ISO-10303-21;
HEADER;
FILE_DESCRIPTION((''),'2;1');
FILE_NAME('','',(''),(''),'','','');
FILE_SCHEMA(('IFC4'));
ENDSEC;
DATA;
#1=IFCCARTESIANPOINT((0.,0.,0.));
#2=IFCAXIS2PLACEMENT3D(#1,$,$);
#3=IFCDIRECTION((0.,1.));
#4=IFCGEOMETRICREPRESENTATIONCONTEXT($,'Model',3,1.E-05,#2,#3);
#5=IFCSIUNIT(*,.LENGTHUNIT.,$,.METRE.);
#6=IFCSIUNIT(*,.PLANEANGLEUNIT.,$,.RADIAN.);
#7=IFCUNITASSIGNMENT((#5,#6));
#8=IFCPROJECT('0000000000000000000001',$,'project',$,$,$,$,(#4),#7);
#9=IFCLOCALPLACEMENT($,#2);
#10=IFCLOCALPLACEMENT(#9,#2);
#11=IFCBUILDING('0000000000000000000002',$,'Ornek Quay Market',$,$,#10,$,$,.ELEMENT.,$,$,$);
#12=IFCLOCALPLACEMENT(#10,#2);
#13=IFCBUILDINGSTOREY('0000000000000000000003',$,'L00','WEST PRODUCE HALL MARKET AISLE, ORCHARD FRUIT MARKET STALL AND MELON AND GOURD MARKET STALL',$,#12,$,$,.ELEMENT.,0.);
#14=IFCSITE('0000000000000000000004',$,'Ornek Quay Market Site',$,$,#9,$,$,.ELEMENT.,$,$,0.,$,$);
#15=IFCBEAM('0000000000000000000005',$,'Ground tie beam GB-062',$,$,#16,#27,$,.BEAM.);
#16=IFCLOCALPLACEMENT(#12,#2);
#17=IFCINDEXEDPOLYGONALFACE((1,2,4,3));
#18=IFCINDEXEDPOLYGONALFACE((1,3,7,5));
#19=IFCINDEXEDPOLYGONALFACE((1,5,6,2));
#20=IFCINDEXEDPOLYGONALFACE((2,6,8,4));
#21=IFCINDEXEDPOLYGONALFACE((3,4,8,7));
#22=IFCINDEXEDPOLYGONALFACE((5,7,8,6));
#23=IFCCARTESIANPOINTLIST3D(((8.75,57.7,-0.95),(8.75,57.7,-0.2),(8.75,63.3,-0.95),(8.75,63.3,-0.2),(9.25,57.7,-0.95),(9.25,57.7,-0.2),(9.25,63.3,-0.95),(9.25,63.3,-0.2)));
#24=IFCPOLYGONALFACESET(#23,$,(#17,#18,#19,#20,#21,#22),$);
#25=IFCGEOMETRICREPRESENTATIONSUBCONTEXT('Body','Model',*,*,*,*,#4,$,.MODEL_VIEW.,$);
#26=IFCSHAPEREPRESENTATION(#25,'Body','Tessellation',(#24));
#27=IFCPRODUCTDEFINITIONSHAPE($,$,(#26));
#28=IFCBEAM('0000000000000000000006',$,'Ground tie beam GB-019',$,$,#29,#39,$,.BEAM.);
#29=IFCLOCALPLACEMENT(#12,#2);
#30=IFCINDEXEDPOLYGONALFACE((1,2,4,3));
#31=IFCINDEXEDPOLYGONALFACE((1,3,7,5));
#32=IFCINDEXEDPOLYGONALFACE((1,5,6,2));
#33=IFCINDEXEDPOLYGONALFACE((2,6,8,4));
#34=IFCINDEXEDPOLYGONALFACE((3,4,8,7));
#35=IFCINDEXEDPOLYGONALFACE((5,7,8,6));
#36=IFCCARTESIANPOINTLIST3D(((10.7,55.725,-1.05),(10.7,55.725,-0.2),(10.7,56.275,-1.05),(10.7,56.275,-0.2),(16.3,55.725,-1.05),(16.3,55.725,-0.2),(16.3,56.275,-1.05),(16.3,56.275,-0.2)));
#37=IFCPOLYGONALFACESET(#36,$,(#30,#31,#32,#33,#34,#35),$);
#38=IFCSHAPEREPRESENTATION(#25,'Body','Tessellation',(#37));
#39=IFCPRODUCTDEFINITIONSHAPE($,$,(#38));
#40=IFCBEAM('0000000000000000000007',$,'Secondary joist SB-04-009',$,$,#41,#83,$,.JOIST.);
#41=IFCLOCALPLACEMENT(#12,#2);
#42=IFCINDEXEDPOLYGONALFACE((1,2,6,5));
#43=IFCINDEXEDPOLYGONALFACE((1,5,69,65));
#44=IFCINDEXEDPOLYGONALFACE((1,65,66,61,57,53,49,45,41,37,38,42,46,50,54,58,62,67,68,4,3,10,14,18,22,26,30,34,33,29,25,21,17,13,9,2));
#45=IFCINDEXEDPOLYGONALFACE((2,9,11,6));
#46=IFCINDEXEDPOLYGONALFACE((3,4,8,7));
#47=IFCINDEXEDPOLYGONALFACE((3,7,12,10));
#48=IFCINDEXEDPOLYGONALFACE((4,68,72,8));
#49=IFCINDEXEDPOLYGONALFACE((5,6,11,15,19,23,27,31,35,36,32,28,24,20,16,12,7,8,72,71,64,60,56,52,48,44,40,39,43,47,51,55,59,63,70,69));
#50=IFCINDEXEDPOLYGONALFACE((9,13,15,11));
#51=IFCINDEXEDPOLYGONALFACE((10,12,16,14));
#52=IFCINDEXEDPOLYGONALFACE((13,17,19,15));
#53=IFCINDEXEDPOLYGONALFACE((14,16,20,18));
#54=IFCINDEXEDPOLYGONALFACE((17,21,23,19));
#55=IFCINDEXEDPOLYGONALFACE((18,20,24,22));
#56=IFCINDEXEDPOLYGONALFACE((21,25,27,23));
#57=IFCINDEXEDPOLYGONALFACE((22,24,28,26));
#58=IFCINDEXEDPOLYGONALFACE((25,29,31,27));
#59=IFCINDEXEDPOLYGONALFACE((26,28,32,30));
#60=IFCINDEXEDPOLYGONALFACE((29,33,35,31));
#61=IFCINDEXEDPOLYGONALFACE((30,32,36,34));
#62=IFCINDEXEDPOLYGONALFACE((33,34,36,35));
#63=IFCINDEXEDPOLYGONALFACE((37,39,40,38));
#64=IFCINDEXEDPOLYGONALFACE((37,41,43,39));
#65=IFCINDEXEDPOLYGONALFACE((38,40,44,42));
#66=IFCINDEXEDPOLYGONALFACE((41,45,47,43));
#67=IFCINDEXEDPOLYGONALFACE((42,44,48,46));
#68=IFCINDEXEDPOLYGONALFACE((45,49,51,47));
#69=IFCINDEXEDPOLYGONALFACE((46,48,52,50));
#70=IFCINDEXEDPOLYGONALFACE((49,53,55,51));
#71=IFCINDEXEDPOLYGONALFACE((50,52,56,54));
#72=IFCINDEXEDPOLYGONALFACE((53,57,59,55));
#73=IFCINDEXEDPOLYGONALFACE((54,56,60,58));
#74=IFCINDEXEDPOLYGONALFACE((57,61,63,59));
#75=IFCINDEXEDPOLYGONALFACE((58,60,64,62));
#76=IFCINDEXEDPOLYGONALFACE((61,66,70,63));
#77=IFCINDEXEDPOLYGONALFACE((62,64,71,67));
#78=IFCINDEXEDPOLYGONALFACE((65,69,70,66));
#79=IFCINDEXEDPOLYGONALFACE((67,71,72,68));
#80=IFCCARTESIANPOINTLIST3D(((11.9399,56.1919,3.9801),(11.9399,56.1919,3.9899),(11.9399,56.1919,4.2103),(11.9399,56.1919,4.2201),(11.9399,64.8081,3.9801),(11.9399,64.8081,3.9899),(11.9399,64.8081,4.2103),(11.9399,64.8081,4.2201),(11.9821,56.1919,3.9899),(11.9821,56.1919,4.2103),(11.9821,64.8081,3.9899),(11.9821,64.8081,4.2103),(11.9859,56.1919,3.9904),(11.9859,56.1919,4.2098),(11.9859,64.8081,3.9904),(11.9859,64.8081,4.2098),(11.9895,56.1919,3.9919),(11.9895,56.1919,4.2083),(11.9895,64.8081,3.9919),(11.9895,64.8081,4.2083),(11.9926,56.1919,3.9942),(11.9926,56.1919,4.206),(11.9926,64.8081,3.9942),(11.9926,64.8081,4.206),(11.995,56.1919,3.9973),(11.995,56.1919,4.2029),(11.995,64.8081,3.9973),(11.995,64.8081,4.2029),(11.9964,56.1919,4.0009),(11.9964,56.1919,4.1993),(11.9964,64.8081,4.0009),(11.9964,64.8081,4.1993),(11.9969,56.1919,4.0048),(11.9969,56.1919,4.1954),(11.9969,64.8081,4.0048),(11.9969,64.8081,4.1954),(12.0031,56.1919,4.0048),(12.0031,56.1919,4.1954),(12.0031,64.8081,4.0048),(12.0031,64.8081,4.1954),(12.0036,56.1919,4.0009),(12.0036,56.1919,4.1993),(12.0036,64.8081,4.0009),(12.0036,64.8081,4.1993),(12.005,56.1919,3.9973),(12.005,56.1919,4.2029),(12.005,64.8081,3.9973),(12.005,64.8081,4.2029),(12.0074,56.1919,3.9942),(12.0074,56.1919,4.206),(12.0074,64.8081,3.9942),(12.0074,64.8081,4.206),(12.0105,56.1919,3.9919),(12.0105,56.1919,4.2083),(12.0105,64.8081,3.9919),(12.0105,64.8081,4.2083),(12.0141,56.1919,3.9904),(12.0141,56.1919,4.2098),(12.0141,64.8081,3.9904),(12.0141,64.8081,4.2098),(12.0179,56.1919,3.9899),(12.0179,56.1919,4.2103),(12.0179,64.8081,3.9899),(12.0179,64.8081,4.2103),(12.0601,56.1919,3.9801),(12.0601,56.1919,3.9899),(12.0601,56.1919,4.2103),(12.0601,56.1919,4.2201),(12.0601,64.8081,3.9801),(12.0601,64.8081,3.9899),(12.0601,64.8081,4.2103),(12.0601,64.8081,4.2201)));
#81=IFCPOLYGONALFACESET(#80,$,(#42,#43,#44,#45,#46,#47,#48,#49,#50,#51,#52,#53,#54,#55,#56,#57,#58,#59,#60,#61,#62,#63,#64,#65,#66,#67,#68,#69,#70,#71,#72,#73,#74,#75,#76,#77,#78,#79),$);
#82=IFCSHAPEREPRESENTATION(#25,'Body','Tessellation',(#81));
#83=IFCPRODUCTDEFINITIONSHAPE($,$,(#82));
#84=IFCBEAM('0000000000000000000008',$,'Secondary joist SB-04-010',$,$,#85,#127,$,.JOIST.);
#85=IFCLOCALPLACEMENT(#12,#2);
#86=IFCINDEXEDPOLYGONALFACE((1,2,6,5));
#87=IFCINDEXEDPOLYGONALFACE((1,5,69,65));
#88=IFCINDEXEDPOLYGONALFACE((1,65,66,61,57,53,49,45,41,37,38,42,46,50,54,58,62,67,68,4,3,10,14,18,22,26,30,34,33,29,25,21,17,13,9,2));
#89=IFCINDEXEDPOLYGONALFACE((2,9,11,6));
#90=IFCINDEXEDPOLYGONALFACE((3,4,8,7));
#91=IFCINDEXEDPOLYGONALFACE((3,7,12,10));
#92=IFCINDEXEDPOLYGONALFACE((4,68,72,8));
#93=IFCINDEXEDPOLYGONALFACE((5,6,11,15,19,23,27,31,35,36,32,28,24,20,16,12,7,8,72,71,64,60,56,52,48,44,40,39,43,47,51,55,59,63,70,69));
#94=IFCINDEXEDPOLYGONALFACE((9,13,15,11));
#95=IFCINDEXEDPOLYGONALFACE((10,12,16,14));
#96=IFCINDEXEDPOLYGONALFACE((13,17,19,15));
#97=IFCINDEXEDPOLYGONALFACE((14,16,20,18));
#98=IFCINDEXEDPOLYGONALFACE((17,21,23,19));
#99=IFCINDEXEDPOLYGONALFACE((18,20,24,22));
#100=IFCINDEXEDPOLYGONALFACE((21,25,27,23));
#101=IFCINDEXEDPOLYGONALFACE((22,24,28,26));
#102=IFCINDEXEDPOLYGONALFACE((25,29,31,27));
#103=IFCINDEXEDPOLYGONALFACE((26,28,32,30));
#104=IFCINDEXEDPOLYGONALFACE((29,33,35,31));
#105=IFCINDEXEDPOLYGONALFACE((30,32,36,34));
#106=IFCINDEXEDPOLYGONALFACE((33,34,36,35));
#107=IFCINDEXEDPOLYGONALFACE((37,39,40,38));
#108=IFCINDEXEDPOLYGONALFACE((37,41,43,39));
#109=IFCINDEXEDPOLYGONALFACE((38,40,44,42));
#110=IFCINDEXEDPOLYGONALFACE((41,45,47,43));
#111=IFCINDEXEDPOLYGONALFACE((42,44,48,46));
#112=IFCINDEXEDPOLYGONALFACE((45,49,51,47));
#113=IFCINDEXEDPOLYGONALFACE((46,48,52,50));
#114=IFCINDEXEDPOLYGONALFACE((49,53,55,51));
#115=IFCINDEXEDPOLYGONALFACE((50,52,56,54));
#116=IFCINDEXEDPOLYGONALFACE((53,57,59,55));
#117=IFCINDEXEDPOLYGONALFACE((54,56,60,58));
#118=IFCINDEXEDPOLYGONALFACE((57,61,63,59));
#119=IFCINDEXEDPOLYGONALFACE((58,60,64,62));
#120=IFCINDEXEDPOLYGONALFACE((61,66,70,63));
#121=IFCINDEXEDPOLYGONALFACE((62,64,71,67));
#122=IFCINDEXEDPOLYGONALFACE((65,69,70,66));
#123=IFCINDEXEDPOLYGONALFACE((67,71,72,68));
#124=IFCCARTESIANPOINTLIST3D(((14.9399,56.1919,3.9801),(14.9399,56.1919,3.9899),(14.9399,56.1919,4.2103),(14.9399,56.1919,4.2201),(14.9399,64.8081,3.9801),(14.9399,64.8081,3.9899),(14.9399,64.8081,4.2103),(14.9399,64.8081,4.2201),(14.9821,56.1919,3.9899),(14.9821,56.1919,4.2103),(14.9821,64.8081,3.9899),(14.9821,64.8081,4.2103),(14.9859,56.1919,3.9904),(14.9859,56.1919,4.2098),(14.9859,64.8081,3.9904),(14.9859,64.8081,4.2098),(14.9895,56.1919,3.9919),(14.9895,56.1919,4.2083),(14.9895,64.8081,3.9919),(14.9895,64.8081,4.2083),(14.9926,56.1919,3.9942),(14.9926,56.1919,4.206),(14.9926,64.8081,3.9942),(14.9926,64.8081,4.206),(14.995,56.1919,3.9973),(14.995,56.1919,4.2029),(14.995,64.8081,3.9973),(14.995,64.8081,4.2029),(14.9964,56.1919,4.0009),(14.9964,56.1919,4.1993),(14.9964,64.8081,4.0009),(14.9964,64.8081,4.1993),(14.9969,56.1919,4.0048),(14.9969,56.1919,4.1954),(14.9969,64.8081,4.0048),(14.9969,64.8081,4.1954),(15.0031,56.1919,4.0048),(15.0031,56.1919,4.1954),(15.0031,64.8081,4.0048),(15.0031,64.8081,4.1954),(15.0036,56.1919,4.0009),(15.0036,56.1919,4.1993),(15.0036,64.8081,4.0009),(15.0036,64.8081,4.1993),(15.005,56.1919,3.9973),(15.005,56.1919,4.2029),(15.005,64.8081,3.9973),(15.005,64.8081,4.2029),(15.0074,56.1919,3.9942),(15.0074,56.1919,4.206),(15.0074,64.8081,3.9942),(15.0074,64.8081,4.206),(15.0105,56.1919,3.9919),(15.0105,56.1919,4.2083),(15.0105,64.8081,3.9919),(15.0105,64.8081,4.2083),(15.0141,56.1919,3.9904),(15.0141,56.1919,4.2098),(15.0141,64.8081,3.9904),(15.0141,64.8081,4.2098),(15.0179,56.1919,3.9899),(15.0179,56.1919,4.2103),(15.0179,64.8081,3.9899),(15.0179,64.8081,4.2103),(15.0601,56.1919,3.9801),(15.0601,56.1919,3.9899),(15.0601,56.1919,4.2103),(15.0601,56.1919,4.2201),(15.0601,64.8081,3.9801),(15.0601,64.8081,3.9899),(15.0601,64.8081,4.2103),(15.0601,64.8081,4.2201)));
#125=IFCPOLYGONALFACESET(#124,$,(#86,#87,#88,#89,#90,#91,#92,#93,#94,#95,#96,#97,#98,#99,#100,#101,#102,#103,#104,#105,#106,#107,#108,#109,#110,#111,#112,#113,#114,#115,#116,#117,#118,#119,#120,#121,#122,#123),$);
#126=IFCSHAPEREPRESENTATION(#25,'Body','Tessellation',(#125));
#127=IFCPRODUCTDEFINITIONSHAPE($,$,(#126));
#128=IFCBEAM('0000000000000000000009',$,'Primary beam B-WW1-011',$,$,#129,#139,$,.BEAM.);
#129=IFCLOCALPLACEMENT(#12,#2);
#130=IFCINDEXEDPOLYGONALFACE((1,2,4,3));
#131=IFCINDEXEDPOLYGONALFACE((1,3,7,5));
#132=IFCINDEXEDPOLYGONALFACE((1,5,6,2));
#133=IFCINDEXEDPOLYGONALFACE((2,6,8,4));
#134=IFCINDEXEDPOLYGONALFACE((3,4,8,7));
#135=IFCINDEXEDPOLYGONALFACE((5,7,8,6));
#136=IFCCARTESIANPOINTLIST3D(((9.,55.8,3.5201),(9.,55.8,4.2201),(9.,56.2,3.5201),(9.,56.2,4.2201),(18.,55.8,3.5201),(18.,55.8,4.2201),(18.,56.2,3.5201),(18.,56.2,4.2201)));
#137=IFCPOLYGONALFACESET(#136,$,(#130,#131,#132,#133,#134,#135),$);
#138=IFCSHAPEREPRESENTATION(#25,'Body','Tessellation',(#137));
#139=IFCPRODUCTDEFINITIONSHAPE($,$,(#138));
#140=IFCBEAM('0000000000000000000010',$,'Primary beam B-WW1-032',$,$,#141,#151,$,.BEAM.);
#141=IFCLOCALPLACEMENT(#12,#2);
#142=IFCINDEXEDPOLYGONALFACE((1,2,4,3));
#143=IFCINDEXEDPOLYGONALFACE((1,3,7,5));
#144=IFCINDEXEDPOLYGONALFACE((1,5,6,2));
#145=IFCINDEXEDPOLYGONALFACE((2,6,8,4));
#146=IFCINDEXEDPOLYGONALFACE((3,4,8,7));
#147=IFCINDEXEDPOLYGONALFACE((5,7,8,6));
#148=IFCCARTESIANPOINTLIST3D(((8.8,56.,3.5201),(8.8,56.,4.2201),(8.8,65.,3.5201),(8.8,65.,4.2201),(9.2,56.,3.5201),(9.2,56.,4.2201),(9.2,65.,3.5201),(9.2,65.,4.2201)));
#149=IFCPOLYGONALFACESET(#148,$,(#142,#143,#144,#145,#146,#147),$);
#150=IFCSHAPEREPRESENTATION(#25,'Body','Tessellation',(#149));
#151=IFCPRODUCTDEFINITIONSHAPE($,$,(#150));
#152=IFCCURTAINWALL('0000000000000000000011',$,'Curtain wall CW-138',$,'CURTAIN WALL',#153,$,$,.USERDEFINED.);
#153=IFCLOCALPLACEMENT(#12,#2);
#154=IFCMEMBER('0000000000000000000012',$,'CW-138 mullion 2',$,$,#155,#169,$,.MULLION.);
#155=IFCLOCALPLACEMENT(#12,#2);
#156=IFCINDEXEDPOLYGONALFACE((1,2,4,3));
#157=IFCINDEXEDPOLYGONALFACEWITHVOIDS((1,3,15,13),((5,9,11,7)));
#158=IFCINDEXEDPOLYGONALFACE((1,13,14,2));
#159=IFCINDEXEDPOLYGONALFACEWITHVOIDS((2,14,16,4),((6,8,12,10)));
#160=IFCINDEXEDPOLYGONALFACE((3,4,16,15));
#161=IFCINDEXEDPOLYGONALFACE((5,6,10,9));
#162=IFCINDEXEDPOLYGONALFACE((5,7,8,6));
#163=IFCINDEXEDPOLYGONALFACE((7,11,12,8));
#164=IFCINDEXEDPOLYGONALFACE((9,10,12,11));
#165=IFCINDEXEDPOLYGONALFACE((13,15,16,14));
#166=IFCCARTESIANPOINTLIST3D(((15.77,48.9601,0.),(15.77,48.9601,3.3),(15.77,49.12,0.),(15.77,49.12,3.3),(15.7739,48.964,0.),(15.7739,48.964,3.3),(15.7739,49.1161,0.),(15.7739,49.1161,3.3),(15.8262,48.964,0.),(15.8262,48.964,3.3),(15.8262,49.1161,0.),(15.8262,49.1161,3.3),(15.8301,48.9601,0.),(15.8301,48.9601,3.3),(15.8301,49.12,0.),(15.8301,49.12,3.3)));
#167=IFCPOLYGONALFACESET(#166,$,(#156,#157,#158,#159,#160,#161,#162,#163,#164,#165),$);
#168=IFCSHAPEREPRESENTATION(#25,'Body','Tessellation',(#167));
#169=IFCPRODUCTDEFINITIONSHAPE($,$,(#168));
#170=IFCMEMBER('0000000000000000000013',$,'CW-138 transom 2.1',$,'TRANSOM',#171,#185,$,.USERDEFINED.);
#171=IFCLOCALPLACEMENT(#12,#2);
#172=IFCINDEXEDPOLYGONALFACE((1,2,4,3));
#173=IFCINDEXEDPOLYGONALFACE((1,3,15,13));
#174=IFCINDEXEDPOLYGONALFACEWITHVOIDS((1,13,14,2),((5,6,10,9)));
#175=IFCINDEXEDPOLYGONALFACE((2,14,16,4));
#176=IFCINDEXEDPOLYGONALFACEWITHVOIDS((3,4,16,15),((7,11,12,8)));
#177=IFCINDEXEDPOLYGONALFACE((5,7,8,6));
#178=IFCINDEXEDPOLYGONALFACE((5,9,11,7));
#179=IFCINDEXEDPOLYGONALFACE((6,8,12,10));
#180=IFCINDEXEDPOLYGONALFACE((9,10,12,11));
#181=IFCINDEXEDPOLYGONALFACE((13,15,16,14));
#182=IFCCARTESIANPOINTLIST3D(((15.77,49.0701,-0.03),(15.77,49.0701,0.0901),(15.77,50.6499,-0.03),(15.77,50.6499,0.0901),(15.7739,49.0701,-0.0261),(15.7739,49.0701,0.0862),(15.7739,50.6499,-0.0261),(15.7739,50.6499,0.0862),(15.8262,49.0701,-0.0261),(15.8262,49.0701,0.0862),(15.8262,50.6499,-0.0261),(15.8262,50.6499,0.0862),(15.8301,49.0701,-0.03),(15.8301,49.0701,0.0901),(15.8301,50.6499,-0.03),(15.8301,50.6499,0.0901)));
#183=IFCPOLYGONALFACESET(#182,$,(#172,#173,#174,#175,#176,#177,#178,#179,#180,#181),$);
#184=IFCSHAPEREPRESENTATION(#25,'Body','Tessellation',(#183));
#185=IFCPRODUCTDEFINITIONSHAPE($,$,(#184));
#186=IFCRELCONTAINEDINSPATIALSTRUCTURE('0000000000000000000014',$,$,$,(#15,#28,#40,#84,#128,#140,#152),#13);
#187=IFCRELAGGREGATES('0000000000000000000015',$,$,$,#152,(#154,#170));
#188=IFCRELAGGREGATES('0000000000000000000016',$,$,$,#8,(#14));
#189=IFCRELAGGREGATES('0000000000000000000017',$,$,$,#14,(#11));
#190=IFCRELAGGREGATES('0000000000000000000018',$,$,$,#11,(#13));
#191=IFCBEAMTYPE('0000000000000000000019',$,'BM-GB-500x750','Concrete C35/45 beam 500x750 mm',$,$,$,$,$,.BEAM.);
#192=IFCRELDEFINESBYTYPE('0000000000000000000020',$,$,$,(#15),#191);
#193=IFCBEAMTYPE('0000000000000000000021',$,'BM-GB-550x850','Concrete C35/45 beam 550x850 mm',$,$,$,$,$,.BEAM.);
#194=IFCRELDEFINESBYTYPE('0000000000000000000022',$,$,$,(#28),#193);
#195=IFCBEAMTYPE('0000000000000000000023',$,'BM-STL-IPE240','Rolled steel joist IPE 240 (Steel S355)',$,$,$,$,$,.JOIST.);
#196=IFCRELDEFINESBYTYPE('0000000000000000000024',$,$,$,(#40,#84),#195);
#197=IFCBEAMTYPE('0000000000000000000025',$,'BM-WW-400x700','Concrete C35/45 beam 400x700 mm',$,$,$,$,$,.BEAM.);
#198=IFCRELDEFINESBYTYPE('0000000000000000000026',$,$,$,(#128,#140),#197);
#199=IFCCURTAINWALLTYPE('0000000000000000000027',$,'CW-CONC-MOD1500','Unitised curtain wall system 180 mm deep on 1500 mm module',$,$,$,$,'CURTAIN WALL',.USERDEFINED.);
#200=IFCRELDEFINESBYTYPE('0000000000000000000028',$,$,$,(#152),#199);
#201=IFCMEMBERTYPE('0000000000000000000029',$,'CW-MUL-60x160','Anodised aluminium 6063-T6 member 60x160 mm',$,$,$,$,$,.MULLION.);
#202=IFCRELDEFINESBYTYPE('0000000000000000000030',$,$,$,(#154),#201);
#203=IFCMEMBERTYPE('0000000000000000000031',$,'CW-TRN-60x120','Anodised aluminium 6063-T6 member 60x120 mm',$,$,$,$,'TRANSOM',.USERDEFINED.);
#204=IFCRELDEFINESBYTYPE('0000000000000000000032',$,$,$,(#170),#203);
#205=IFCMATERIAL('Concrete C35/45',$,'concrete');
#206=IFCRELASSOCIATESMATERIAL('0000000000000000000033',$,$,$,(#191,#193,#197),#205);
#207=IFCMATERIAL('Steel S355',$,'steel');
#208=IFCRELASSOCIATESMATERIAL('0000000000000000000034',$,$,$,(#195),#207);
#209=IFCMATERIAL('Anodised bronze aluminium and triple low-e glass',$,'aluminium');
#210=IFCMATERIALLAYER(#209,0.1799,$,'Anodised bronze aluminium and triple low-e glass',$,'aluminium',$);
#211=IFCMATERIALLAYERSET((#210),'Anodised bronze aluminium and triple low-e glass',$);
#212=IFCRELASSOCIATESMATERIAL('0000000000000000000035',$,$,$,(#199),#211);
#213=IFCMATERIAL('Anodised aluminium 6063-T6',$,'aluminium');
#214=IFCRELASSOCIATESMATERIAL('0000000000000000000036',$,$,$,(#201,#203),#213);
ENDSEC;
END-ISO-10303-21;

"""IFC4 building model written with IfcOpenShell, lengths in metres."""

from ifc_helpers import new_model, si_unit, direction, frame, origin, origin_2d, place, context, subcontext, project, spatial, rectangle, hollow_rectangle, i_section, extrude, material, layer, layer_set, material_profile, profile_set, type_object, element, aggregate, save


model = new_model("IFC4")

# Units and contexts
model_context = context("Model", 3, precision=1e-05, world=origin(), true_north=direction((0.0, 1.0)))
body_context = subcontext(model_context, "Body", "Model", "MODEL_VIEW")
ifc_project = project(units=[si_unit("LENGTHUNIT", "METRE"), si_unit("PLANEANGLEUNIT", "RADIAN")], contexts=[model_context])

# Site, building, storey
site_placement = place(None, origin())
site = spatial("IfcSite", under=ifc_project, at=site_placement, Name="Ornek Quay Market Site", CompositionType="ELEMENT", RefElevation=0.0)
building_placement = place(site_placement, origin())
building = spatial("IfcBuilding", under=site, at=building_placement, Name="Ornek Quay Market", CompositionType="ELEMENT")
storey_placement = place(building_placement, origin())
storey = spatial("IfcBuildingStorey", under=building, at=storey_placement, Name="L00", Description="WEST PRODUCE HALL MARKET AISLE, ORCHARD FRUIT MARKET STALL AND MELON AND GOURD MARKET STALL", CompositionType="ELEMENT", Elevation=0.0)

# Shared definitions
ifc_material_1 = material(Name="Concrete C35/45", Category="concrete")

# Beams
ifc_material_profile_1 = material_profile(ifc_material_1, rectangle(XDim=0.5, YDim=0.75, at=origin_2d()), Name="RC 500x750", Category="concrete")
ifc_profile_set_1 = profile_set([ifc_material_profile_1], Name="Concrete C35/45")
beam_type_1 = type_object("IfcBeamType", Name="BM-GB-500x750", Description="Concrete C35/45 beam 500x750 mm", PredefinedType="BEAM", material=ifc_profile_set_1)
for number, where, z_axis, x_axis, name in (
    (1, (9.0, 57.7, -0.575), (0.0, 1.0, 0.0), (-1.0, 0.0, 0.0), "Ground tie beam GB-062"),
):
    element("IfcBeam", number, at=place(storey_placement, frame(where, z_axis=z_axis, x_axis=x_axis)), inside=storey, type_object=beam_type_1, Name=name, PredefinedType="BEAM", context=body_context, shape_type="SweptSolid", body=[
        extrude(rectangle(XDim=0.5, YDim=0.75, at=origin_2d()), origin(), (0.0, 0.0, 1.0), 5.6001),
    ])
ifc_material_profile_2 = material_profile(ifc_material_1, rectangle(XDim=0.55, YDim=0.8501, at=origin_2d()), Name="RC 550x850", Category="concrete")
ifc_profile_set_2 = profile_set([ifc_material_profile_2], Name="Concrete C35/45")
beam_type_2 = type_object("IfcBeamType", Name="BM-GB-550x850", Description="Concrete C35/45 beam 550x850 mm", PredefinedType="BEAM", material=ifc_profile_set_2)
beam_placement = place(storey_placement, frame((10.7, 56.0, -0.625), z_axis=(1.0, 0.0, 0.0), x_axis=(0.0, 1.0, 0.0)))
element("IfcBeam", 2, at=beam_placement, inside=storey, type_object=beam_type_2, Name="Ground tie beam GB-019", PredefinedType="BEAM", context=body_context, shape_type="SweptSolid", body=[
    extrude(rectangle(XDim=0.55, YDim=0.8501, at=origin_2d()), origin(), (0.0, 0.0, 1.0), 5.6001),
])
ifc_material_2 = material(Name="Steel S355", Category="steel")
ifc_material_profile_3 = material_profile(ifc_material_2, i_section(OverallWidth=0.1201, OverallDepth=0.24, WebThickness=0.0061, FlangeThickness=0.0098, FilletRadius=0.0149, at=origin_2d()), Name="IPE 240", Category="steel")
ifc_profile_set_3 = profile_set([ifc_material_profile_3], Name="Steel S355")
beam_type_3 = type_object("IfcBeamType", Name="BM-STL-IPE240", Description="Rolled steel joist IPE 240 (Steel S355)", PredefinedType="JOIST", material=ifc_profile_set_3)
for number, where, z_axis, x_axis, name in (
    (3, (12.0, 56.1919, 4.1001), (0.0, 1.0, 0.0), (-1.0, 0.0, 0.0), "Secondary joist SB-04-009"),
    (4, (15.0, 56.1919, 4.1001), (0.0, 1.0, 0.0), (-1.0, 0.0, 0.0), "Secondary joist SB-04-010"),
):
    element("IfcBeam", number, at=place(storey_placement, frame(where, z_axis=z_axis, x_axis=x_axis)), inside=storey, type_object=beam_type_3, Name=name, PredefinedType="JOIST", context=body_context, shape_type="SweptSolid", body=[
        extrude(i_section(OverallWidth=0.1201, OverallDepth=0.24, WebThickness=0.0061, FlangeThickness=0.0098, FilletRadius=0.0149, at=origin_2d()), origin(), (0.0, 0.0, 1.0), 8.6162),
    ])
ifc_material_profile_4 = material_profile(ifc_material_1, rectangle(XDim=0.3999, YDim=0.7, at=origin_2d()), Name="RC 400x700", Category="concrete")
ifc_profile_set_4 = profile_set([ifc_material_profile_4], Name="Concrete C35/45")
beam_type_4 = type_object("IfcBeamType", Name="BM-WW-400x700", Description="Concrete C35/45 beam 400x700 mm", PredefinedType="BEAM", material=ifc_profile_set_4)
for number, where, z_axis, x_axis, name in (
    (5, (9.0, 56.0, 3.8701), (1.0, 0.0, 0.0), (0.0, 1.0, 0.0), "Primary beam B-WW1-011"),
    (6, (9.0, 56.0, 3.8701), (0.0, 1.0, 0.0), (-1.0, 0.0, 0.0), "Primary beam B-WW1-032"),
):
    element("IfcBeam", number, at=place(storey_placement, frame(where, z_axis=z_axis, x_axis=x_axis)), inside=storey, type_object=beam_type_4, Name=name, PredefinedType="BEAM", context=body_context, shape_type="SweptSolid", body=[
        extrude(rectangle(XDim=0.3999, YDim=0.7, at=origin_2d()), origin(), (0.0, 0.0, 1.0), 9.0),
    ])

# Curtain wall, members
ifc_material_3 = material(Name="Anodised bronze aluminium and triple low-e glass", Category="aluminium")
ifc_layer_1 = layer(ifc_material_3, 0.1799, Name="Anodised bronze aluminium and triple low-e glass", Category="aluminium")
ifc_layer_set_1 = layer_set([ifc_layer_1], Name="Anodised bronze aluminium and triple low-e glass")
curtain_wall_type = type_object("IfcCurtainWallType", Name="CW-CONC-MOD1500", Description="Unitised curtain wall system 180 mm deep on 1500 mm module", ElementType="CURTAIN WALL", PredefinedType="USERDEFINED", material=ifc_layer_set_1)
curtain_wall_placement = place(storey_placement, origin())
curtain_wall = element("IfcCurtainWall", 7, at=curtain_wall_placement, inside=storey, type_object=curtain_wall_type, Name="Curtain wall CW-138", ObjectType="CURTAIN WALL", PredefinedType="USERDEFINED")
ifc_material_4 = material(Name="Anodised aluminium 6063-T6", Category="aluminium")
ifc_material_profile_5 = material_profile(ifc_material_4, hollow_rectangle(XDim=0.0601, YDim=0.1599, WallThickness=0.0039, at=origin_2d()), Name="CW-MUL-60x160", Category="aluminium")
ifc_profile_set_5 = profile_set([ifc_material_profile_5], Name="Anodised aluminium 6063-T6")
member_type_1 = type_object("IfcMemberType", Name="CW-MUL-60x160", Description="Anodised aluminium 6063-T6 member 60x160 mm", PredefinedType="MULLION", material=ifc_profile_set_5)
member_1_placement = place(storey_placement, frame((15.8, 49.04, 0.0), z_axis=(0.0, 0.0, 1.0), x_axis=(-1.0, 0.0, 0.0)))
member_1 = element("IfcMember", 8, at=member_1_placement, type_object=member_type_1, Name="CW-138 mullion 2", PredefinedType="MULLION", context=body_context, shape_type="SweptSolid", body=[
    extrude(hollow_rectangle(XDim=0.0601, YDim=0.1599, WallThickness=0.0039, at=origin_2d()), origin(), (0.0, 0.0, 1.0), 3.3),
])
ifc_material_profile_6 = material_profile(ifc_material_4, hollow_rectangle(XDim=0.0601, YDim=0.1201, WallThickness=0.0039, at=origin_2d()), Name="CW-TRN-60x120", Category="aluminium")
ifc_profile_set_6 = profile_set([ifc_material_profile_6], Name="Anodised aluminium 6063-T6")
member_type_2 = type_object("IfcMemberType", Name="CW-TRN-60x120", Description="Anodised aluminium 6063-T6 member 60x120 mm", ElementType="TRANSOM", PredefinedType="USERDEFINED", material=ifc_profile_set_6)
member_2_placement = place(storey_placement, frame((15.8, 49.0701, 0.03), z_axis=(0.0, 1.0, 0.0), x_axis=(-1.0, 0.0, 0.0)))
member_2 = element("IfcMember", 9, at=member_2_placement, type_object=member_type_2, Name="CW-138 transom 2.1", ObjectType="TRANSOM", PredefinedType="USERDEFINED", context=body_context, shape_type="SweptSolid", body=[
    extrude(hollow_rectangle(XDim=0.0601, YDim=0.1201, WallThickness=0.0039, at=origin_2d()), origin(), (0.0, 0.0, 1.0), 1.5798),
])
aggregate(curtain_wall, [member_1, member_2])

save(model, "model.ifc")
